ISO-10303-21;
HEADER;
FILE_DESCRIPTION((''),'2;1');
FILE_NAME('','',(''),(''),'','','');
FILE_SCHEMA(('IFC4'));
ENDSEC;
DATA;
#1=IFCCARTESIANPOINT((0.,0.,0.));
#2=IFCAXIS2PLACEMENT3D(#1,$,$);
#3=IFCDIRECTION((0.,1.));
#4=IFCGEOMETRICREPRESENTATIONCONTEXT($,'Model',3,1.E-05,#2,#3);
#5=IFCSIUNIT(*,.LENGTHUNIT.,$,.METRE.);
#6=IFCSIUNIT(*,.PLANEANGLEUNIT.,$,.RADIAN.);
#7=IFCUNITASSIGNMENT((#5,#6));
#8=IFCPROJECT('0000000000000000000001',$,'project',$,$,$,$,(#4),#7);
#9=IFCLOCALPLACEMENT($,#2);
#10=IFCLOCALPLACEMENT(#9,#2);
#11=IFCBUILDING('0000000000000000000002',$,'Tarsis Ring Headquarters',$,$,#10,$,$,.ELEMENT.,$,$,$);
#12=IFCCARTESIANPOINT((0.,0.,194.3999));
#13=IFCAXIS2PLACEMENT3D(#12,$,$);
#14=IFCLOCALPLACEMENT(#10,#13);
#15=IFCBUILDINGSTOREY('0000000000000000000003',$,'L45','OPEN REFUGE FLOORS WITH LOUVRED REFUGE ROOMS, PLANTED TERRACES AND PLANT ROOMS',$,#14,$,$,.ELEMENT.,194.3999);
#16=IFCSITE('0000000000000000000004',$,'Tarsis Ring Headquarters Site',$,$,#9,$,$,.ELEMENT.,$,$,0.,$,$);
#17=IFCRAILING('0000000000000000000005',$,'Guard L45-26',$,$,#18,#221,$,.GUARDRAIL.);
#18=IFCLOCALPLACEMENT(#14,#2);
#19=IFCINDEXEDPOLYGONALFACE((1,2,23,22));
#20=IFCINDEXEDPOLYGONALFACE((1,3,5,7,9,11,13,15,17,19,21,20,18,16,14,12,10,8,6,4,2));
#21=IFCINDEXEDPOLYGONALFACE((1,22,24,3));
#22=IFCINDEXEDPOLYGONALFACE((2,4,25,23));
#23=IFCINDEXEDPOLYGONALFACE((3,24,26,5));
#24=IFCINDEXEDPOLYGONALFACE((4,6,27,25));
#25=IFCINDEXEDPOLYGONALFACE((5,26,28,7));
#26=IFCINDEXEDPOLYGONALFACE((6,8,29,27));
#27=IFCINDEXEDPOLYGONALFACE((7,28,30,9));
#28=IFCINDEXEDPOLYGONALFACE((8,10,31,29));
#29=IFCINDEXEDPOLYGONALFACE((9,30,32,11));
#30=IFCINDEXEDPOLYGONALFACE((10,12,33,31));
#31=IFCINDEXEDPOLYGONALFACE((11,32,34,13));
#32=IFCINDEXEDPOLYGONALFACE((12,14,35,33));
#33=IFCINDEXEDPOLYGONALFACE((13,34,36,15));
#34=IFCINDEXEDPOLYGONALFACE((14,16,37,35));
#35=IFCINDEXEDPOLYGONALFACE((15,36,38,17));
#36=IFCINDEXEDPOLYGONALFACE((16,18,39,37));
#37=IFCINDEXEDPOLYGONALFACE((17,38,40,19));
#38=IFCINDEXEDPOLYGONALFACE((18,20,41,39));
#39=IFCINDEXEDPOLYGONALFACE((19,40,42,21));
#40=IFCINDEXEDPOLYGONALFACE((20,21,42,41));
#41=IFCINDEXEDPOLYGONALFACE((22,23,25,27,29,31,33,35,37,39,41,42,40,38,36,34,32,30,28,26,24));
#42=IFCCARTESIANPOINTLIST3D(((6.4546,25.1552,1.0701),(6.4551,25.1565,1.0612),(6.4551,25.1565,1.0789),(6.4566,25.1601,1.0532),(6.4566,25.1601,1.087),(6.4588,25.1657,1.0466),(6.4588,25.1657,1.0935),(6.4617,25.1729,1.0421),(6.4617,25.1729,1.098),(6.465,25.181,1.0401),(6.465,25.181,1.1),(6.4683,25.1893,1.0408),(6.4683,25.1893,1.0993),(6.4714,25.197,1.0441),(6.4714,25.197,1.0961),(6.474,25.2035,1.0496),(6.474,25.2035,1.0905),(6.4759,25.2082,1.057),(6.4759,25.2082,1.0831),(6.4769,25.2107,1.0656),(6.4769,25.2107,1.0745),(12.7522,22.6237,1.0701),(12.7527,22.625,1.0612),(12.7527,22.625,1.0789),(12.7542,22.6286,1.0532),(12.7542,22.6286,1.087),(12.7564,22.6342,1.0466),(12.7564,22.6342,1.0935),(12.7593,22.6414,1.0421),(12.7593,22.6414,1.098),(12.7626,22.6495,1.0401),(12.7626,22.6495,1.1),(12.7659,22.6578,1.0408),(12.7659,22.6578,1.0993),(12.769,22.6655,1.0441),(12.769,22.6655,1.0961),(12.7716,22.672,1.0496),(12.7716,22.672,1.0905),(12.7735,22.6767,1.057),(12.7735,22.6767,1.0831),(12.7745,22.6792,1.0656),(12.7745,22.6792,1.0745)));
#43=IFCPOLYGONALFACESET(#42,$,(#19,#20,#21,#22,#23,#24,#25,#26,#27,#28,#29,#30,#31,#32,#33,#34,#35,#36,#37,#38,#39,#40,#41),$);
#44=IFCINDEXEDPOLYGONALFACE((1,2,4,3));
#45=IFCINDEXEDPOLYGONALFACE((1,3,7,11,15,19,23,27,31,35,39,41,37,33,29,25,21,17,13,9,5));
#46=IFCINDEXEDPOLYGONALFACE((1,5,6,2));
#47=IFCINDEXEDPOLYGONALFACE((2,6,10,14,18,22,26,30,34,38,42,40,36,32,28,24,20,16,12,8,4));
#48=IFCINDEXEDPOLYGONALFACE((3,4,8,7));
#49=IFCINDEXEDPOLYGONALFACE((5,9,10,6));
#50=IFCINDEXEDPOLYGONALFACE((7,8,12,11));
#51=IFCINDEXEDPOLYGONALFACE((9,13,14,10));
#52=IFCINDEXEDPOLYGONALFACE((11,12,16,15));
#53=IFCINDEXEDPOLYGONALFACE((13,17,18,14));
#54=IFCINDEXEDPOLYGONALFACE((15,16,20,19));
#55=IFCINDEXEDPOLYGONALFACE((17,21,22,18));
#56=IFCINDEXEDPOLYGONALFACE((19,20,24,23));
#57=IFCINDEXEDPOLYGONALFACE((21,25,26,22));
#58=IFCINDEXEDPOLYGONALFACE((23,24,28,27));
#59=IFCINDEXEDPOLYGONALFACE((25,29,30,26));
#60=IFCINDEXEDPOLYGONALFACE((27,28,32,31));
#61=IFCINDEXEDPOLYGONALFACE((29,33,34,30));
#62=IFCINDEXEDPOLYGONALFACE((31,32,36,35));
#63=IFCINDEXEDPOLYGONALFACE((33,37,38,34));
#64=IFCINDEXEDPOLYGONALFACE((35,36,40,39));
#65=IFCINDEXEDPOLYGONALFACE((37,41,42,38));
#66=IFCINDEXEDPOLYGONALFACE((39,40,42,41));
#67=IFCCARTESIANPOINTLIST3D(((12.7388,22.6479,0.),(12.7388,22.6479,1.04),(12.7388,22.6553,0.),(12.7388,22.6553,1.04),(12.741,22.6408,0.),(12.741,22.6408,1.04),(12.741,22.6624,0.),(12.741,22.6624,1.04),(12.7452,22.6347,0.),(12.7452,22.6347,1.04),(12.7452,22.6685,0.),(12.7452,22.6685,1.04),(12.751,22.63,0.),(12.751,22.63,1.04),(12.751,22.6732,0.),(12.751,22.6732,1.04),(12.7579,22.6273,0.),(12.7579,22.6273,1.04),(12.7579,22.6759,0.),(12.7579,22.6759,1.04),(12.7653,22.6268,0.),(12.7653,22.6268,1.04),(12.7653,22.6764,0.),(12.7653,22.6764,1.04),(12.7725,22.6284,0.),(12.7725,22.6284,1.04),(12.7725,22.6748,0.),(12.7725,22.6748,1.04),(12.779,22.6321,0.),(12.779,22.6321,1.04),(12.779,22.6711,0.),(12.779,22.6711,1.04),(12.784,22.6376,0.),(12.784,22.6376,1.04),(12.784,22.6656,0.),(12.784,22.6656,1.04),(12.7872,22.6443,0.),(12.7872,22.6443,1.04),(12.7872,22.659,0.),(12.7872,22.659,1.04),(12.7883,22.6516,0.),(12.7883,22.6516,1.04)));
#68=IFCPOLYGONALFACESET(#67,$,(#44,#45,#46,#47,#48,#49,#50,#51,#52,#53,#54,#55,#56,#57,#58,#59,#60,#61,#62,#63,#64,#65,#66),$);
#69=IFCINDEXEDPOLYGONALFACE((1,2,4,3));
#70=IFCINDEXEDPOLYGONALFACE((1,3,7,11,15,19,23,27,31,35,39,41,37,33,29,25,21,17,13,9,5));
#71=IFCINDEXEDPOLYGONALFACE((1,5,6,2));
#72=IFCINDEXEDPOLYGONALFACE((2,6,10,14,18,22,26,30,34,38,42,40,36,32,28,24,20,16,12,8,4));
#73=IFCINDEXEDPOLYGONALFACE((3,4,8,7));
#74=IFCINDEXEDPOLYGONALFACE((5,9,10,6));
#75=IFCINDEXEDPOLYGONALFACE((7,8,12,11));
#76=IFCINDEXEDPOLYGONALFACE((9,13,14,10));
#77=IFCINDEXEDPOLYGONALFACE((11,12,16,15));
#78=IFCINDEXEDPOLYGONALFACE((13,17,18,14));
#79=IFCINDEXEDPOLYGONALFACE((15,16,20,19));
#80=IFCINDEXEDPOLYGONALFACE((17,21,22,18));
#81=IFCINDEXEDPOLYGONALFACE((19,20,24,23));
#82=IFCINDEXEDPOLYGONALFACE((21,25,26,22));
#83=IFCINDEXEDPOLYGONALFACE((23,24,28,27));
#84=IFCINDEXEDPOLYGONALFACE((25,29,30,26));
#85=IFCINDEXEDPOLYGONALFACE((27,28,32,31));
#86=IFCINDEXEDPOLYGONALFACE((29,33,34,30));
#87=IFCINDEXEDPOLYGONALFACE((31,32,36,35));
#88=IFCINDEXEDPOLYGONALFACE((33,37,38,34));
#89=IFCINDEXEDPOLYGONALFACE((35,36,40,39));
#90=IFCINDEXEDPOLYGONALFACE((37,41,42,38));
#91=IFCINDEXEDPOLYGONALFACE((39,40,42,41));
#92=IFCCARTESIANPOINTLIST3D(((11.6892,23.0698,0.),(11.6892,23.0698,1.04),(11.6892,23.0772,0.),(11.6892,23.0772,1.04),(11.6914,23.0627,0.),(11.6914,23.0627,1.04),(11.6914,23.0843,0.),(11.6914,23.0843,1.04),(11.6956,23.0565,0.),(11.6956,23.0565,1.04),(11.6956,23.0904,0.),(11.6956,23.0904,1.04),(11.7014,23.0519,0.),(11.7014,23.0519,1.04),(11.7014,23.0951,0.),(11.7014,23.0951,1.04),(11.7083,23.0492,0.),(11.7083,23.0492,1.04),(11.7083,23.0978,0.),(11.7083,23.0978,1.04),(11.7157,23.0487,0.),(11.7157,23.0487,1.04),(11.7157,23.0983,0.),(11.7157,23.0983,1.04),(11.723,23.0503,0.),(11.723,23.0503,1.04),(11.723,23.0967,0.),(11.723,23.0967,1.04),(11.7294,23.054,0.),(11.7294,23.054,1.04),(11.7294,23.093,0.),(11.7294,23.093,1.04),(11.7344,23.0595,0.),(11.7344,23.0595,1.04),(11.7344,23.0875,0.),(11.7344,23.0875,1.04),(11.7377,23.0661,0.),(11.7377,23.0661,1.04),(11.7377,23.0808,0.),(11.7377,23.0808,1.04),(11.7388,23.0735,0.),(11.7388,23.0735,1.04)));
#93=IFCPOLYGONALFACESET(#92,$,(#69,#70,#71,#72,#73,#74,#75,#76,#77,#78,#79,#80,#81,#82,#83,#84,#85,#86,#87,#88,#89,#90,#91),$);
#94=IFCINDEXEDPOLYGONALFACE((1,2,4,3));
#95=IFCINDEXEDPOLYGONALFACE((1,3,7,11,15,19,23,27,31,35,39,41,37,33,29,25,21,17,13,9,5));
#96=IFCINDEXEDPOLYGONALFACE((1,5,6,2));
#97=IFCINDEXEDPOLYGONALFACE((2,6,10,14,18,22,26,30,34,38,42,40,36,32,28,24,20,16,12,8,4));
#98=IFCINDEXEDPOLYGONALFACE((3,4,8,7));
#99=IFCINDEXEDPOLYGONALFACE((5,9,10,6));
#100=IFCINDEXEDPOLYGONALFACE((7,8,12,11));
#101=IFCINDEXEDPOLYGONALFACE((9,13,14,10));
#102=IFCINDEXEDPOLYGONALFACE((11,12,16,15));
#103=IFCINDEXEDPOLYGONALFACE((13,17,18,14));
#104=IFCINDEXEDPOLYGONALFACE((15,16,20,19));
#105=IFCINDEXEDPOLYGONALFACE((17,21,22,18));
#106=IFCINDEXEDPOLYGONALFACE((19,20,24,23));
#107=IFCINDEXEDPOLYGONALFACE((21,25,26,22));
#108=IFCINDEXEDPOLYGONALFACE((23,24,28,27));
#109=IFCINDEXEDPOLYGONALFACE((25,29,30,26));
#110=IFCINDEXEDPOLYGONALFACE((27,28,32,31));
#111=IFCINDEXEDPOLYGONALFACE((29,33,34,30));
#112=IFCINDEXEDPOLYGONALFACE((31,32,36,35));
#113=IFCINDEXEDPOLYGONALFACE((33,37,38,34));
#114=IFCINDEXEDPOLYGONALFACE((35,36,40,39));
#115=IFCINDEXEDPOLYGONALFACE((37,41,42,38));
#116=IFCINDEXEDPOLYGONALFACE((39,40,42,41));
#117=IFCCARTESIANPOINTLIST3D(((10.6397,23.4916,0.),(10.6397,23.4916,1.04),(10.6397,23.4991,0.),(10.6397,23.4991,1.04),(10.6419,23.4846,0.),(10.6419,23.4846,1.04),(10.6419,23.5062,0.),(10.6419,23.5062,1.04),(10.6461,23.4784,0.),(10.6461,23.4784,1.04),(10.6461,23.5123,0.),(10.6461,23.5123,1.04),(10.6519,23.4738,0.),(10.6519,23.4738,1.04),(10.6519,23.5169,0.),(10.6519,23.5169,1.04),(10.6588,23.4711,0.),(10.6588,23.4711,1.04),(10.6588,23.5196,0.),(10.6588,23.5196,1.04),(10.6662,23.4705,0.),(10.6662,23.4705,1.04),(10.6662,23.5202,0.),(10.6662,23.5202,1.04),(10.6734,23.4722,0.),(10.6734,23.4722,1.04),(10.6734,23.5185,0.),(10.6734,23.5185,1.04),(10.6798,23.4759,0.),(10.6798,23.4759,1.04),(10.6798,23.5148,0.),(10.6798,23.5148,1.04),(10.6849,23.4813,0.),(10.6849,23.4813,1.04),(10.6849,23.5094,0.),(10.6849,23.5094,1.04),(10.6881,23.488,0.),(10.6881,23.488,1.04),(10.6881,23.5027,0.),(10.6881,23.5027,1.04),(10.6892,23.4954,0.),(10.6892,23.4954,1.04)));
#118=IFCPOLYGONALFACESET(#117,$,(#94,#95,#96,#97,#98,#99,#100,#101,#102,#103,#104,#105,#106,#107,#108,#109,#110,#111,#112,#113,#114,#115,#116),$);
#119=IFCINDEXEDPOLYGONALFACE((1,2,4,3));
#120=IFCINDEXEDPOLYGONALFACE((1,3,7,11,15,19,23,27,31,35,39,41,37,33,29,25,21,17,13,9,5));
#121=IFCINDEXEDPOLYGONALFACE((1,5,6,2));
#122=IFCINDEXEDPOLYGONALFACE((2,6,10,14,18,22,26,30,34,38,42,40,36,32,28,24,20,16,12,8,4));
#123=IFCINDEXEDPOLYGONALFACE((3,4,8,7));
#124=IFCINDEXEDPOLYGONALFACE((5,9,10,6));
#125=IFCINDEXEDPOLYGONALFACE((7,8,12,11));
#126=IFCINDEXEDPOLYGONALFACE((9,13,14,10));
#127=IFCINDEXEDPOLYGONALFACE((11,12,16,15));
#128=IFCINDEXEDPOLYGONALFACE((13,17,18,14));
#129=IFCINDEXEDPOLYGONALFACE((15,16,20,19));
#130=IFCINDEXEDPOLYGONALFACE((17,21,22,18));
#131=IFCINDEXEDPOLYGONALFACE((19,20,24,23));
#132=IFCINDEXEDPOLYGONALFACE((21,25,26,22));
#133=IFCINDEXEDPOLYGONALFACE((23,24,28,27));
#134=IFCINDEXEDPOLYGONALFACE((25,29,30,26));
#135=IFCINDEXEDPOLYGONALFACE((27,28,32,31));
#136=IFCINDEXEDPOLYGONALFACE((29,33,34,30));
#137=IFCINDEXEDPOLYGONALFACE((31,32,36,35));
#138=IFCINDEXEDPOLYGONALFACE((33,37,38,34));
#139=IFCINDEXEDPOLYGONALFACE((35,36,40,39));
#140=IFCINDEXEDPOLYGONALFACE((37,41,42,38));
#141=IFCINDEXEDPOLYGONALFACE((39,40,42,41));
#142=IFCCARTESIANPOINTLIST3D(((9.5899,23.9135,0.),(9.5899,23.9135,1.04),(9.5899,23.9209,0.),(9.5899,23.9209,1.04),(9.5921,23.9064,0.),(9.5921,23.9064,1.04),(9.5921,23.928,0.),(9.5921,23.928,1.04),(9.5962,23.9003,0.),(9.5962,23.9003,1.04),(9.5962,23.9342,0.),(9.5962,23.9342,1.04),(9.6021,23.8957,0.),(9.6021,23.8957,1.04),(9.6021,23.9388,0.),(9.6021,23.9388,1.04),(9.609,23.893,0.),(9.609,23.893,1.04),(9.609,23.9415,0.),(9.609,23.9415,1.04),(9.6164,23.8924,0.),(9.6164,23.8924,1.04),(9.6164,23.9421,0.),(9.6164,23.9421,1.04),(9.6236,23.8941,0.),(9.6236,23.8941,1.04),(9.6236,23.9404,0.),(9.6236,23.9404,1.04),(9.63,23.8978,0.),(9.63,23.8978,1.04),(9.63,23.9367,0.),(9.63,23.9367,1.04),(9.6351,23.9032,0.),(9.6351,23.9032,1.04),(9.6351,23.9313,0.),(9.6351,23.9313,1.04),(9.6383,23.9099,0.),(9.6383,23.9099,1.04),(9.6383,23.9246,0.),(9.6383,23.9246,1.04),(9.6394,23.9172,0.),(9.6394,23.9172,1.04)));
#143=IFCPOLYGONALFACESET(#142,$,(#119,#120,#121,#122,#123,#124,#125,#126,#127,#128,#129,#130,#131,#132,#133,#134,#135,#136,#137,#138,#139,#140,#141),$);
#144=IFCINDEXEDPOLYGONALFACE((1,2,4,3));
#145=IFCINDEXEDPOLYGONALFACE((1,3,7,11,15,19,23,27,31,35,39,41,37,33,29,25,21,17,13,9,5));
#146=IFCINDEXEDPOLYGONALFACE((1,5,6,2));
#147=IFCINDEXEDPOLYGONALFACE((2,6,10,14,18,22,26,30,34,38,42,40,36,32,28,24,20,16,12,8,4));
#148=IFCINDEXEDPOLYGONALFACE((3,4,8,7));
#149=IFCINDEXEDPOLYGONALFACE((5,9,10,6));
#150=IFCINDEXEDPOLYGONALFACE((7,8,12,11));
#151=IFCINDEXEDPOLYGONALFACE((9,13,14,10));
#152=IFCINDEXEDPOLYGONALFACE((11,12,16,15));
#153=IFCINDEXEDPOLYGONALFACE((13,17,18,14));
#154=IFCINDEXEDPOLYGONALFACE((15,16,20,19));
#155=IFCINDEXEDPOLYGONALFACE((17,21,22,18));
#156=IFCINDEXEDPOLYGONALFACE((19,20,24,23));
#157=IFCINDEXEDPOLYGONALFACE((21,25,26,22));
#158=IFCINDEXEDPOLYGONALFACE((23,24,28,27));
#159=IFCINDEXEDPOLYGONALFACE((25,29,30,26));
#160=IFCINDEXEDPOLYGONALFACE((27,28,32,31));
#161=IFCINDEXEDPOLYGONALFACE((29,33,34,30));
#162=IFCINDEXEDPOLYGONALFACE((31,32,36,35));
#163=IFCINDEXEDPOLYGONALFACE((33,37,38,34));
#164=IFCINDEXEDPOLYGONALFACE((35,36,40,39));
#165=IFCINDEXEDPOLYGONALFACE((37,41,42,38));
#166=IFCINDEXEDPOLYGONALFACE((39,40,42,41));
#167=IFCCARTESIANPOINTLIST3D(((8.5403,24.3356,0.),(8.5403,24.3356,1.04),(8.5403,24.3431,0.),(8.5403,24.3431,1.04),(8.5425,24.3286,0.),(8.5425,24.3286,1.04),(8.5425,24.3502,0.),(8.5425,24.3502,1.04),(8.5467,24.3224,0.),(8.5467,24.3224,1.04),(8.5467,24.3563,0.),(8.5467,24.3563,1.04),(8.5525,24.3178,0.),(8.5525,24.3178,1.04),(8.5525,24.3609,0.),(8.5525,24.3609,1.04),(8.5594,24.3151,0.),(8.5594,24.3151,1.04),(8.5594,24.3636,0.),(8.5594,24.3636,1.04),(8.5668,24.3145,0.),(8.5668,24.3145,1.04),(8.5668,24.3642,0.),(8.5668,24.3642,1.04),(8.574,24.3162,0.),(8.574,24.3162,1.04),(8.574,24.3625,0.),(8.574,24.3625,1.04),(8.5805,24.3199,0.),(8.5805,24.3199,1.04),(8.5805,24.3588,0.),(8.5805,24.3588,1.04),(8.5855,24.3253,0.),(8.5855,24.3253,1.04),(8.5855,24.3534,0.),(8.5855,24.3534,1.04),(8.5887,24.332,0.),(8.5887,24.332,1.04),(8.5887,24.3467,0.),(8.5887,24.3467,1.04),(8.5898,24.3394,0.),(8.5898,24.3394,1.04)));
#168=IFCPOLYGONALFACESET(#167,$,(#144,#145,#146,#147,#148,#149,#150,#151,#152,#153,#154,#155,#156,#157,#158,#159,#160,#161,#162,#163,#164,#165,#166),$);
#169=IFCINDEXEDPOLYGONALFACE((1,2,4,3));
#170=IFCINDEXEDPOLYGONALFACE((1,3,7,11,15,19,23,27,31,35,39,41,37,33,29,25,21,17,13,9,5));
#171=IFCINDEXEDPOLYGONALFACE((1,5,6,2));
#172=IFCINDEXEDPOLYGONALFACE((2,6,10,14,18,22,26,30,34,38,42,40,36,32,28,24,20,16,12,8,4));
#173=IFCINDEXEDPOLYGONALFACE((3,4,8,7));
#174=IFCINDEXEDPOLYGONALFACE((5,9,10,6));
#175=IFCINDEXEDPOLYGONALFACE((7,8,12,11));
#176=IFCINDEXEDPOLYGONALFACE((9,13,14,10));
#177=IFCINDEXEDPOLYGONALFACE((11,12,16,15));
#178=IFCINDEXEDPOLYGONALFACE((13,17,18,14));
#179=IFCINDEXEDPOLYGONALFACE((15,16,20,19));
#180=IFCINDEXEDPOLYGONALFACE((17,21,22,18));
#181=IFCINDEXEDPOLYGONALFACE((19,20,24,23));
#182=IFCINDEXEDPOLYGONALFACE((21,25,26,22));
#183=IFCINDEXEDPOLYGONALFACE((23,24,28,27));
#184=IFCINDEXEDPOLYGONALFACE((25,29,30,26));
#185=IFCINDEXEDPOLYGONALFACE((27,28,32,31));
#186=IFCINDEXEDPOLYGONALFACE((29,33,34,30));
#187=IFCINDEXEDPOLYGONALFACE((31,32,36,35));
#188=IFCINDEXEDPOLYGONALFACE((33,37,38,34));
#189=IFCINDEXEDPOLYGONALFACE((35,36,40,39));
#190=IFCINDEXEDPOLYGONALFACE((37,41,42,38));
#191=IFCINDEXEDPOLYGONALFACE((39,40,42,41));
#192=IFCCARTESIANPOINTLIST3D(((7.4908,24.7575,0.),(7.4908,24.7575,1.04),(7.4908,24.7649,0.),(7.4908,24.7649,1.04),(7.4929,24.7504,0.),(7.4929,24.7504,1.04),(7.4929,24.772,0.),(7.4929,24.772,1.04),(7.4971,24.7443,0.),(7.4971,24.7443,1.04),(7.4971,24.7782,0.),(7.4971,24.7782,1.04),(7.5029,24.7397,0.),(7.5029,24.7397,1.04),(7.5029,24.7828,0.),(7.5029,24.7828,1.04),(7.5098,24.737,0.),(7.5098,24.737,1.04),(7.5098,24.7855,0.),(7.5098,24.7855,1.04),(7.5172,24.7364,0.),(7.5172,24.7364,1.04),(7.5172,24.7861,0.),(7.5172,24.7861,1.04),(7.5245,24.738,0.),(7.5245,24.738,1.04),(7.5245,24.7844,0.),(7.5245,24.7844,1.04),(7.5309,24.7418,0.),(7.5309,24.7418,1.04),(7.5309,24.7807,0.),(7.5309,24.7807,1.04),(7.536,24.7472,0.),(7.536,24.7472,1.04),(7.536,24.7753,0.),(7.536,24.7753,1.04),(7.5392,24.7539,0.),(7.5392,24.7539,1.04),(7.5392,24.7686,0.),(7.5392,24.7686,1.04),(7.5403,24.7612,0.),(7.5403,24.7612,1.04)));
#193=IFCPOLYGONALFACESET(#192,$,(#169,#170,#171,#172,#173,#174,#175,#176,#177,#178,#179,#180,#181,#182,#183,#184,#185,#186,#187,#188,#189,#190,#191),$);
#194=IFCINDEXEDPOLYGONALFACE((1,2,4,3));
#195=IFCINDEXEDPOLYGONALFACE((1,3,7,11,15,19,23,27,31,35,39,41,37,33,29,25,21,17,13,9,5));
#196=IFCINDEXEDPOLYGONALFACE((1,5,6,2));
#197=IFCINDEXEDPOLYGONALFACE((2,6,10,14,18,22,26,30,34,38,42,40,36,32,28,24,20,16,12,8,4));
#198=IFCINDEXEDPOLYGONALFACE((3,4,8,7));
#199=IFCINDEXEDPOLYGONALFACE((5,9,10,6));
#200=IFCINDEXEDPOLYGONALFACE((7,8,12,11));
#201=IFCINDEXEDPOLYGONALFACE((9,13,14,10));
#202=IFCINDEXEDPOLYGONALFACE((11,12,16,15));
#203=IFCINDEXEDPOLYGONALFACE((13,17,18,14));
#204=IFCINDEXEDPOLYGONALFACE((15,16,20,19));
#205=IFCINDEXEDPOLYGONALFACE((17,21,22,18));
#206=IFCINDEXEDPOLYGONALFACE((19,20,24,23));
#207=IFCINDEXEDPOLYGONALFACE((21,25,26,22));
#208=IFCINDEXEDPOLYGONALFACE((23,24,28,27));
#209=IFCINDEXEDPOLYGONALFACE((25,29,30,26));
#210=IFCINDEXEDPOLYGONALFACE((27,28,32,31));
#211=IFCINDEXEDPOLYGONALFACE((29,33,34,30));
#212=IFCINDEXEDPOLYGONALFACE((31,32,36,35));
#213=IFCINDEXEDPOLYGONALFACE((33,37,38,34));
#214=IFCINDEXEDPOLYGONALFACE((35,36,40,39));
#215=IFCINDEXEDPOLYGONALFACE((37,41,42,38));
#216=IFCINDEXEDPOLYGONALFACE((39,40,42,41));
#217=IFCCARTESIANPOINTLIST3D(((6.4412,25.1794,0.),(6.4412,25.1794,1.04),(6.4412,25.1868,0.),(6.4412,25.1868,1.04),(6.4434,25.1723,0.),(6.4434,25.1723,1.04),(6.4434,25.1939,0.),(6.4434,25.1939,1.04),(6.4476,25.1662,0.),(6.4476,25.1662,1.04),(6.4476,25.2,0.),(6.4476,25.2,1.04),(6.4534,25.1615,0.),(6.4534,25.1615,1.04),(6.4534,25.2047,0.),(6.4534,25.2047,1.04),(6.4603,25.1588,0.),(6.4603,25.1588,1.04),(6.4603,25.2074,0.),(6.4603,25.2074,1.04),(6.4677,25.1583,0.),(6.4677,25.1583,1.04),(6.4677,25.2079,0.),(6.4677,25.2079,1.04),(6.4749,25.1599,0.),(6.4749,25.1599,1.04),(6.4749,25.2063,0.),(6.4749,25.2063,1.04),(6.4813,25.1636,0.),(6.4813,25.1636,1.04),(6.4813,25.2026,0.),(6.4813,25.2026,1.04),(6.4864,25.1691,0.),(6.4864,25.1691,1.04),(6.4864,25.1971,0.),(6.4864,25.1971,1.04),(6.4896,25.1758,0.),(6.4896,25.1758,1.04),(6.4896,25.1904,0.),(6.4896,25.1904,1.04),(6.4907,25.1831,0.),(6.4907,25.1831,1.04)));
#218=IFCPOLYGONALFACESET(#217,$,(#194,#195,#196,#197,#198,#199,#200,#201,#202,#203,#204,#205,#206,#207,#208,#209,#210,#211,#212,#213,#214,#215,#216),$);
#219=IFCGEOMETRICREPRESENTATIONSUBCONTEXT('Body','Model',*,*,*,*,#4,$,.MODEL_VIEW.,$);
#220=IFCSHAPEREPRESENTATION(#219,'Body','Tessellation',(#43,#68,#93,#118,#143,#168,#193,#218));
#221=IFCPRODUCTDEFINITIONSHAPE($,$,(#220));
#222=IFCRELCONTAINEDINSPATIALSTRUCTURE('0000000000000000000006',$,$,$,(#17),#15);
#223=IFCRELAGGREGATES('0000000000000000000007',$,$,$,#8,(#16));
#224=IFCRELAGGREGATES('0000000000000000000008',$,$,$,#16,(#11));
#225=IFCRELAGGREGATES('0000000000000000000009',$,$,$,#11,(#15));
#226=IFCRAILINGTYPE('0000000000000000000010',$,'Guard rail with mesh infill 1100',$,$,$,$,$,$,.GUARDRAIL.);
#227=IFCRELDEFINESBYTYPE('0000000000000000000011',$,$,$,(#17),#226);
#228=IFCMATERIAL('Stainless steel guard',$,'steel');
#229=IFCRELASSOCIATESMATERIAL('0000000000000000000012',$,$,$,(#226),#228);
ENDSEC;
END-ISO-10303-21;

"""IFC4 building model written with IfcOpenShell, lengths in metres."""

from ifc_helpers import new_model, si_unit, direction, frame, origin, origin_2d, place, context, subcontext, project, spatial, circle, extrude, material, type_object, element, save


model = new_model("IFC4")

# Units and contexts
model_context = context("Model", 3, precision=1e-05, world=origin(), true_north=direction((0.0, 1.0)))
body_context = subcontext(model_context, "Body", "Model", "MODEL_VIEW")
ifc_project = project(units=[si_unit("LENGTHUNIT", "METRE"), si_unit("PLANEANGLEUNIT", "RADIAN")], contexts=[model_context])

# Site, building, storey
site_placement = place(None, origin())
site = spatial("IfcSite", under=ifc_project, at=site_placement, Name="Tarsis Ring Headquarters Site", CompositionType="ELEMENT", RefElevation=0.0)
building_placement = place(site_placement, origin())
building = spatial("IfcBuilding", under=site, at=building_placement, Name="Tarsis Ring Headquarters", CompositionType="ELEMENT")
storey_placement = place(building_placement, frame((0.0, 0.0, 194.3999)))
storey = spatial("IfcBuildingStorey", under=building, at=storey_placement, Name="L45", Description="OPEN REFUGE FLOORS WITH LOUVRED REFUGE ROOMS, PLANTED TERRACES AND PLANT ROOMS", CompositionType="ELEMENT", Elevation=194.3999)

# Railing
ifc_material_1 = material(Name="Stainless steel guard", Category="steel")
railing_type = type_object("IfcRailingType", Name="Guard rail with mesh infill 1100", PredefinedType="GUARDRAIL", material=ifc_material_1)
railing_1_placement = place(storey_placement, frame((12.7634, 22.6516, 0.0)))
element("IfcRailing", 1, at=railing_1_placement, inside=storey, type_object=railing_type, Name="Guard L45-26", PredefinedType="GUARDRAIL", context=body_context, shape_type="SweptSolid", body=[
    extrude(circle(Radius=0.03, at=origin_2d()), frame((0.0, 0.0, 1.0701), z_axis=(-0.927843, 0.372972, 0.0), x_axis=(-0.372972, -0.927843, 0.0)), (0.0, 0.0, 1.0), 6.7874),
    extrude(circle(Radius=0.0249, at=origin_2d()), origin(), (0.0, 0.0, 1.0), 1.04),
    extrude(circle(Radius=0.0249, at=origin_2d()), frame((-1.0496, 0.4219, 0.0)), (0.0, 0.0, 1.0), 1.04),
    extrude(circle(Radius=0.0249, at=origin_2d()), frame((-2.0991, 0.8438, 0.0)), (0.0, 0.0, 1.0), 1.04),
    extrude(circle(Radius=0.0249, at=origin_2d()), frame((-3.1489, 1.2656, 0.0)), (0.0, 0.0, 1.0), 1.04),
    extrude(circle(Radius=0.0249, at=origin_2d()), frame((-4.1985, 1.6877, 0.0)), (0.0, 0.0, 1.0), 1.04),
    extrude(circle(Radius=0.0249, at=origin_2d()), frame((-5.248, 2.1096, 0.0)), (0.0, 0.0, 1.0), 1.04),
    extrude(circle(Radius=0.0249, at=origin_2d()), frame((-6.2976, 2.5315, 0.0)), (0.0, 0.0, 1.0), 1.04),
])

save(model, "model.ifc")
